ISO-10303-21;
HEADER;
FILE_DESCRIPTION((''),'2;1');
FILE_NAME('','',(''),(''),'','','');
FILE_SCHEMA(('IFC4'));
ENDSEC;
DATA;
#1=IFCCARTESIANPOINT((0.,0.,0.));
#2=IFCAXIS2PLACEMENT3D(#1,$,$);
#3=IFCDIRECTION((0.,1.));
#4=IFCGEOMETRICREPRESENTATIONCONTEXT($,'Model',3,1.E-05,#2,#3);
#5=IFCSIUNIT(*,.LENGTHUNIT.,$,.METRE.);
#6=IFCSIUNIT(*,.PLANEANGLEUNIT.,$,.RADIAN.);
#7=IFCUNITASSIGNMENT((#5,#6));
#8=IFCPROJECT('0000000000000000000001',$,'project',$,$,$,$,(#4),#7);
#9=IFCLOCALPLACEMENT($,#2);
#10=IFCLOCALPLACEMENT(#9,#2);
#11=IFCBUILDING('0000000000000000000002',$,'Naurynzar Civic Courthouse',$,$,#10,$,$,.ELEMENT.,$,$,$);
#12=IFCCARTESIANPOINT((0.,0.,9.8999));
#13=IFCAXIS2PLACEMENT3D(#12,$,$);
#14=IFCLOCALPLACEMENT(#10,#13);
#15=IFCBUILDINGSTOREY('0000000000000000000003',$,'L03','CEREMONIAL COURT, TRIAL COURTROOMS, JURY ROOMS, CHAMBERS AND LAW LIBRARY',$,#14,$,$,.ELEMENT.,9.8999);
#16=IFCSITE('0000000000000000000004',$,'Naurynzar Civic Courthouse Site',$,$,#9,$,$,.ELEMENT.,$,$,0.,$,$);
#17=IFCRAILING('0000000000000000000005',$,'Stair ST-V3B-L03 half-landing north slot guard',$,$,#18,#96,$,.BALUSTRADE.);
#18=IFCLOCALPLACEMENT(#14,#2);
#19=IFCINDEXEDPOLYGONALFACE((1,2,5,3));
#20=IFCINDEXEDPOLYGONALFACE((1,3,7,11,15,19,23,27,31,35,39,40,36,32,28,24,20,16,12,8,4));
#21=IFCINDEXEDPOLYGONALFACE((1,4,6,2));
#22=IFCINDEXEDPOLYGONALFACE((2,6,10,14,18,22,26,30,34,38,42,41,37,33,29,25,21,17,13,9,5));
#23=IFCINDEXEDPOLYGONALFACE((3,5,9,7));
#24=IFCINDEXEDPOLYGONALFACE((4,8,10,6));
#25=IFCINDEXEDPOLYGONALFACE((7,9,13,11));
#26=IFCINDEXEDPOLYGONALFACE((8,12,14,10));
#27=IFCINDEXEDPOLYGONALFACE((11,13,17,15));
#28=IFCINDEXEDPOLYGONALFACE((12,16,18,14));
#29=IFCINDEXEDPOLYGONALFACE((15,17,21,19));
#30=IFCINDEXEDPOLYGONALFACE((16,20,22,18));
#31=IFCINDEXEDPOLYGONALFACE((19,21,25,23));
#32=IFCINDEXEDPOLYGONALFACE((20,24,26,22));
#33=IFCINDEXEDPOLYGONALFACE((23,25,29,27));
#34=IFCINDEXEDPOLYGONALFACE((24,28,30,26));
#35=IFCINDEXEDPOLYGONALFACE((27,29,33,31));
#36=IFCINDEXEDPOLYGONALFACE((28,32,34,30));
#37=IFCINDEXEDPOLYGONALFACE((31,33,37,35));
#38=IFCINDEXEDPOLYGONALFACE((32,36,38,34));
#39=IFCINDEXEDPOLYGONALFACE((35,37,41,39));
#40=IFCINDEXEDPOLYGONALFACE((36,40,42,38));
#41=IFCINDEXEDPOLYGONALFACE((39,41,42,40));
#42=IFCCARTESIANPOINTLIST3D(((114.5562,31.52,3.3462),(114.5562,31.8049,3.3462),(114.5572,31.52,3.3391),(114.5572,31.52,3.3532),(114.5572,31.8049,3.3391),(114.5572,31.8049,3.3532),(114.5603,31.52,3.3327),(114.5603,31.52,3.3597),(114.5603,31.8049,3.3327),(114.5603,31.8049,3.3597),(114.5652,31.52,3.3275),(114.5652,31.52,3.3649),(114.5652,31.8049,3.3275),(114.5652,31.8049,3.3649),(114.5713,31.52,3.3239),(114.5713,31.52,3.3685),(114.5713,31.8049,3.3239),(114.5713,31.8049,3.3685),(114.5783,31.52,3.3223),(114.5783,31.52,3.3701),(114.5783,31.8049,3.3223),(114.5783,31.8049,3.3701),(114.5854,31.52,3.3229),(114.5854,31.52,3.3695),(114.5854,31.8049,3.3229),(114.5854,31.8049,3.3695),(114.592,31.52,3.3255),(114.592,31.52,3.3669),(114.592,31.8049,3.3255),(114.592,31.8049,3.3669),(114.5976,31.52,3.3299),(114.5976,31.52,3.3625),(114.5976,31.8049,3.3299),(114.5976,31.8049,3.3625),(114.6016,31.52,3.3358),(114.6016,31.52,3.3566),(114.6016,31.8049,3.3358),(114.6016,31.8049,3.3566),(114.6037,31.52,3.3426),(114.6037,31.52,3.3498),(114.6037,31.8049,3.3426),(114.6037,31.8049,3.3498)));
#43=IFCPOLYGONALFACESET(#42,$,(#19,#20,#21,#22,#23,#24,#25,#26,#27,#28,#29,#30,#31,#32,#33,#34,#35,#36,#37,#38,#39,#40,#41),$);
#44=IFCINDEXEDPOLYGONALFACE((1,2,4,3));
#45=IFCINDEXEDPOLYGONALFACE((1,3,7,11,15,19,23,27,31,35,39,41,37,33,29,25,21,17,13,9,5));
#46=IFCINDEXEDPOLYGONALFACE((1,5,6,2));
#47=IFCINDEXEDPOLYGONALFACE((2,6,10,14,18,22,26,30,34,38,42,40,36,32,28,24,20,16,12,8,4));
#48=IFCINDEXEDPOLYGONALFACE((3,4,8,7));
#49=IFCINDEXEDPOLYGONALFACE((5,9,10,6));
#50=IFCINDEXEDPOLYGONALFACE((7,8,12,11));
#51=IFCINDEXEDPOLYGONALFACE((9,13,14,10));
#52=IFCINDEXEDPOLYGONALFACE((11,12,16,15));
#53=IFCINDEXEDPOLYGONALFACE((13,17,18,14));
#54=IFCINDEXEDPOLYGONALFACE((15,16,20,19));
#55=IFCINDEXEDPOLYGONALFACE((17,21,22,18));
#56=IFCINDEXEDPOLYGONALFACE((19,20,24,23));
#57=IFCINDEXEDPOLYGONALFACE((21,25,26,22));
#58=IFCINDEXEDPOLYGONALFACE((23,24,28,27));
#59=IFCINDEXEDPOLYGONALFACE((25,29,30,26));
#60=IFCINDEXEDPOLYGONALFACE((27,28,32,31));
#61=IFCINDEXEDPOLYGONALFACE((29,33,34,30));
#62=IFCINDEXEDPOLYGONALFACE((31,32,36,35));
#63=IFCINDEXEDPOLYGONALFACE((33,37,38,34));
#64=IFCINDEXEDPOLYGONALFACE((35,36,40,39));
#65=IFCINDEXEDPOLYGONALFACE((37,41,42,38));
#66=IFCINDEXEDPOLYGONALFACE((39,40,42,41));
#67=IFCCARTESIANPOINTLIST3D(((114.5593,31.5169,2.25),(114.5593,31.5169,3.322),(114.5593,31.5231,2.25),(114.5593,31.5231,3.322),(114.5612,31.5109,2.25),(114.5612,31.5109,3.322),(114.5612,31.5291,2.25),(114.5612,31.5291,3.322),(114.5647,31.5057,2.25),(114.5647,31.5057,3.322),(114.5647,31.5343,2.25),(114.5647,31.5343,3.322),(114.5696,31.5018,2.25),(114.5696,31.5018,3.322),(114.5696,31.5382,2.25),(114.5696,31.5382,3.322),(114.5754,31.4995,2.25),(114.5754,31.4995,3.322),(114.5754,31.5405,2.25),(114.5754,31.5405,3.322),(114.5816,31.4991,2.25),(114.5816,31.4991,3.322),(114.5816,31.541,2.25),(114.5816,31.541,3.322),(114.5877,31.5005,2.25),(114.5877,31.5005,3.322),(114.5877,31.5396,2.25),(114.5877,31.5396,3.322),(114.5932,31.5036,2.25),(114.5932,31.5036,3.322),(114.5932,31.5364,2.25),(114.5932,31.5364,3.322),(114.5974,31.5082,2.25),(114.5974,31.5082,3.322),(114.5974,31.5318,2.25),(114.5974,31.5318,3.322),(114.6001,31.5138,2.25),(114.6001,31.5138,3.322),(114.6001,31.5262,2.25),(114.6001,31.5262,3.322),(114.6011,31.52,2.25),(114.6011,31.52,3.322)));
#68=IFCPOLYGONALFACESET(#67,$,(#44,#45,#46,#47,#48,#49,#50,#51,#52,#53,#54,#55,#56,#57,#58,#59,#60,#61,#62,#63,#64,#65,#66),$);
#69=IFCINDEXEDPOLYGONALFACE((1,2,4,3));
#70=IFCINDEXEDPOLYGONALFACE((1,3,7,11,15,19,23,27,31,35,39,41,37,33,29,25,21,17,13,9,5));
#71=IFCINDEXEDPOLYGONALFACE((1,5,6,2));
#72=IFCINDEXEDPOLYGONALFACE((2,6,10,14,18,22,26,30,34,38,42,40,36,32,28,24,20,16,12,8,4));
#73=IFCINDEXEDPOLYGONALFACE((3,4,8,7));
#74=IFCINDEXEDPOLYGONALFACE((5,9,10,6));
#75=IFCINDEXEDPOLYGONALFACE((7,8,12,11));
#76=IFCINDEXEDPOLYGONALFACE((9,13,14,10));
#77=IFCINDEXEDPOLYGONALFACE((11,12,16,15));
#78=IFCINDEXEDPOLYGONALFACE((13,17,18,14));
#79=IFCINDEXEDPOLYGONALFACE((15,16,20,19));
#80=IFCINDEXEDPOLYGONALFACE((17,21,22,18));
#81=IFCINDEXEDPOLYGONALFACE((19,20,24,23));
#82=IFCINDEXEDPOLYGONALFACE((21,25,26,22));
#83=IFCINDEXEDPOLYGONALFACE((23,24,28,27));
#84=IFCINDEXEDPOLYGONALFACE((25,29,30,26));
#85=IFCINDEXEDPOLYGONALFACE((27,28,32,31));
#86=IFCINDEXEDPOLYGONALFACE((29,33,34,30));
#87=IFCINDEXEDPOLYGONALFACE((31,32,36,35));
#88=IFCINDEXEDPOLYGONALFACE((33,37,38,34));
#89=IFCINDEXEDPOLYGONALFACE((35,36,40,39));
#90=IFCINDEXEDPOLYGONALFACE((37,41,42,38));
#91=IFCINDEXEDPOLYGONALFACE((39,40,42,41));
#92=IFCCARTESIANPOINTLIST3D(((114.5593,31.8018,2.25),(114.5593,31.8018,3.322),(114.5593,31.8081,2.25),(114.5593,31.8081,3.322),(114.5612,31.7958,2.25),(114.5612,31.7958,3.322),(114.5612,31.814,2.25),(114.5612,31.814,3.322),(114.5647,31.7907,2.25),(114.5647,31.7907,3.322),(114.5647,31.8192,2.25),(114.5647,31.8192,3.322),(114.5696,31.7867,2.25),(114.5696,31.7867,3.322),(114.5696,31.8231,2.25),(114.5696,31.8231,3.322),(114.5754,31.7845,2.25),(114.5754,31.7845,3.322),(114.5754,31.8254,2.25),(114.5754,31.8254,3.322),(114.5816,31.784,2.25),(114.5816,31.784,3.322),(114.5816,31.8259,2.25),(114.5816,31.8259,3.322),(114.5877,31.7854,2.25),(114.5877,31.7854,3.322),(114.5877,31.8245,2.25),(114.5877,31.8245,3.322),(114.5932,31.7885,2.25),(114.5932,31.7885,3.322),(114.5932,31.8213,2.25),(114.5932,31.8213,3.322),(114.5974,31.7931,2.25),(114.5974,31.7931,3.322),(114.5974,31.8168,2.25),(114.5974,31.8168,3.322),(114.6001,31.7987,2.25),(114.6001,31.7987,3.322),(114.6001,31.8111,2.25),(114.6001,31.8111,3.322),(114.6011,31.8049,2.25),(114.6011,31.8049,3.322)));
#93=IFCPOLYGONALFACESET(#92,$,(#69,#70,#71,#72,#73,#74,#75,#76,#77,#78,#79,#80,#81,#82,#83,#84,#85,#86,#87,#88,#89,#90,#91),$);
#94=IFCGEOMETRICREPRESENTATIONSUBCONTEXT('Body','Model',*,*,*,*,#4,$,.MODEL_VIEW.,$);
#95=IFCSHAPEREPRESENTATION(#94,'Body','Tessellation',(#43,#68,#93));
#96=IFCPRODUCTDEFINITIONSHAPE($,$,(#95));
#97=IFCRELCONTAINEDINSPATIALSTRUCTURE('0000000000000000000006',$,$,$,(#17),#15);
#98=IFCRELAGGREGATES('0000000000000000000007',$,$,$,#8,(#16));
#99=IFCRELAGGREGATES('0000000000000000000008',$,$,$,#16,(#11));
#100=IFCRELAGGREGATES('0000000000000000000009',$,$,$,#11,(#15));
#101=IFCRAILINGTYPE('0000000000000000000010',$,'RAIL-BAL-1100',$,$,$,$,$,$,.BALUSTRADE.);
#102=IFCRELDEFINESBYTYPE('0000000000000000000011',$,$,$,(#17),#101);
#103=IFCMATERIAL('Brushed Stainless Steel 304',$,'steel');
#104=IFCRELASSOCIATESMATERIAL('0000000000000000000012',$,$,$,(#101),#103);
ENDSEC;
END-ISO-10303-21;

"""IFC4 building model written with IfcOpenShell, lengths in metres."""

from ifc_helpers import new_model, si_unit, direction, frame, origin, origin_2d, place, context, subcontext, project, spatial, circle, extrude, material, type_object, element, save


model = new_model("IFC4")

# Units and contexts
model_context = context("Model", 3, precision=1e-05, world=origin(), true_north=direction((0.0, 1.0)))
body_context = subcontext(model_context, "Body", "Model", "MODEL_VIEW")
ifc_project = project(units=[si_unit("LENGTHUNIT", "METRE"), si_unit("PLANEANGLEUNIT", "RADIAN")], contexts=[model_context])

# Site, building, storey
site_placement = place(None, origin())
site = spatial("IfcSite", under=ifc_project, at=site_placement, Name="Naurynzar Civic Courthouse Site", CompositionType="ELEMENT", RefElevation=0.0)
building_placement = place(site_placement, origin())
building = spatial("IfcBuilding", under=site, at=building_placement, Name="Naurynzar Civic Courthouse", CompositionType="ELEMENT")
storey_placement = place(building_placement, frame((0.0, 0.0, 9.8999)))
storey = spatial("IfcBuildingStorey", under=building, at=storey_placement, Name="L03", Description="CEREMONIAL COURT, TRIAL COURTROOMS, JURY ROOMS, CHAMBERS AND LAW LIBRARY", CompositionType="ELEMENT", Elevation=9.8999)

# Railing
ifc_material_1 = material(Name="Brushed Stainless Steel 304", Category="steel")
railing_type_1 = type_object("IfcRailingType", Name="RAIL-BAL-1100", PredefinedType="BALUSTRADE", material=ifc_material_1)
railing_1_placement = place(storey_placement, frame((114.5801, 31.52, 2.25)))
element("IfcRailing", 1, at=railing_1_placement, inside=storey, type_object=railing_type_1, Name="Stair ST-V3B-L03 half-landing north slot guard", PredefinedType="BALUSTRADE", context=body_context, shape_type="SweptSolid", body=[
    extrude(circle(Radius=0.0239, at=origin_2d()), frame((0.0, 0.0, 1.0962), z_axis=(0.0, 1.0, 0.0), x_axis=(-1.0, 0.0, 0.0)), (0.0, 0.0, 1.0), 0.2849),
    extrude(circle(Radius=0.021, at=origin_2d()), origin(), (0.0, 0.0, 1.0), 1.072),
    extrude(circle(Radius=0.021, at=origin_2d()), frame((0.0, 0.2849, 0.0)), (0.0, 0.0, 1.0), 1.072),
])

save(model, "model.ifc")
